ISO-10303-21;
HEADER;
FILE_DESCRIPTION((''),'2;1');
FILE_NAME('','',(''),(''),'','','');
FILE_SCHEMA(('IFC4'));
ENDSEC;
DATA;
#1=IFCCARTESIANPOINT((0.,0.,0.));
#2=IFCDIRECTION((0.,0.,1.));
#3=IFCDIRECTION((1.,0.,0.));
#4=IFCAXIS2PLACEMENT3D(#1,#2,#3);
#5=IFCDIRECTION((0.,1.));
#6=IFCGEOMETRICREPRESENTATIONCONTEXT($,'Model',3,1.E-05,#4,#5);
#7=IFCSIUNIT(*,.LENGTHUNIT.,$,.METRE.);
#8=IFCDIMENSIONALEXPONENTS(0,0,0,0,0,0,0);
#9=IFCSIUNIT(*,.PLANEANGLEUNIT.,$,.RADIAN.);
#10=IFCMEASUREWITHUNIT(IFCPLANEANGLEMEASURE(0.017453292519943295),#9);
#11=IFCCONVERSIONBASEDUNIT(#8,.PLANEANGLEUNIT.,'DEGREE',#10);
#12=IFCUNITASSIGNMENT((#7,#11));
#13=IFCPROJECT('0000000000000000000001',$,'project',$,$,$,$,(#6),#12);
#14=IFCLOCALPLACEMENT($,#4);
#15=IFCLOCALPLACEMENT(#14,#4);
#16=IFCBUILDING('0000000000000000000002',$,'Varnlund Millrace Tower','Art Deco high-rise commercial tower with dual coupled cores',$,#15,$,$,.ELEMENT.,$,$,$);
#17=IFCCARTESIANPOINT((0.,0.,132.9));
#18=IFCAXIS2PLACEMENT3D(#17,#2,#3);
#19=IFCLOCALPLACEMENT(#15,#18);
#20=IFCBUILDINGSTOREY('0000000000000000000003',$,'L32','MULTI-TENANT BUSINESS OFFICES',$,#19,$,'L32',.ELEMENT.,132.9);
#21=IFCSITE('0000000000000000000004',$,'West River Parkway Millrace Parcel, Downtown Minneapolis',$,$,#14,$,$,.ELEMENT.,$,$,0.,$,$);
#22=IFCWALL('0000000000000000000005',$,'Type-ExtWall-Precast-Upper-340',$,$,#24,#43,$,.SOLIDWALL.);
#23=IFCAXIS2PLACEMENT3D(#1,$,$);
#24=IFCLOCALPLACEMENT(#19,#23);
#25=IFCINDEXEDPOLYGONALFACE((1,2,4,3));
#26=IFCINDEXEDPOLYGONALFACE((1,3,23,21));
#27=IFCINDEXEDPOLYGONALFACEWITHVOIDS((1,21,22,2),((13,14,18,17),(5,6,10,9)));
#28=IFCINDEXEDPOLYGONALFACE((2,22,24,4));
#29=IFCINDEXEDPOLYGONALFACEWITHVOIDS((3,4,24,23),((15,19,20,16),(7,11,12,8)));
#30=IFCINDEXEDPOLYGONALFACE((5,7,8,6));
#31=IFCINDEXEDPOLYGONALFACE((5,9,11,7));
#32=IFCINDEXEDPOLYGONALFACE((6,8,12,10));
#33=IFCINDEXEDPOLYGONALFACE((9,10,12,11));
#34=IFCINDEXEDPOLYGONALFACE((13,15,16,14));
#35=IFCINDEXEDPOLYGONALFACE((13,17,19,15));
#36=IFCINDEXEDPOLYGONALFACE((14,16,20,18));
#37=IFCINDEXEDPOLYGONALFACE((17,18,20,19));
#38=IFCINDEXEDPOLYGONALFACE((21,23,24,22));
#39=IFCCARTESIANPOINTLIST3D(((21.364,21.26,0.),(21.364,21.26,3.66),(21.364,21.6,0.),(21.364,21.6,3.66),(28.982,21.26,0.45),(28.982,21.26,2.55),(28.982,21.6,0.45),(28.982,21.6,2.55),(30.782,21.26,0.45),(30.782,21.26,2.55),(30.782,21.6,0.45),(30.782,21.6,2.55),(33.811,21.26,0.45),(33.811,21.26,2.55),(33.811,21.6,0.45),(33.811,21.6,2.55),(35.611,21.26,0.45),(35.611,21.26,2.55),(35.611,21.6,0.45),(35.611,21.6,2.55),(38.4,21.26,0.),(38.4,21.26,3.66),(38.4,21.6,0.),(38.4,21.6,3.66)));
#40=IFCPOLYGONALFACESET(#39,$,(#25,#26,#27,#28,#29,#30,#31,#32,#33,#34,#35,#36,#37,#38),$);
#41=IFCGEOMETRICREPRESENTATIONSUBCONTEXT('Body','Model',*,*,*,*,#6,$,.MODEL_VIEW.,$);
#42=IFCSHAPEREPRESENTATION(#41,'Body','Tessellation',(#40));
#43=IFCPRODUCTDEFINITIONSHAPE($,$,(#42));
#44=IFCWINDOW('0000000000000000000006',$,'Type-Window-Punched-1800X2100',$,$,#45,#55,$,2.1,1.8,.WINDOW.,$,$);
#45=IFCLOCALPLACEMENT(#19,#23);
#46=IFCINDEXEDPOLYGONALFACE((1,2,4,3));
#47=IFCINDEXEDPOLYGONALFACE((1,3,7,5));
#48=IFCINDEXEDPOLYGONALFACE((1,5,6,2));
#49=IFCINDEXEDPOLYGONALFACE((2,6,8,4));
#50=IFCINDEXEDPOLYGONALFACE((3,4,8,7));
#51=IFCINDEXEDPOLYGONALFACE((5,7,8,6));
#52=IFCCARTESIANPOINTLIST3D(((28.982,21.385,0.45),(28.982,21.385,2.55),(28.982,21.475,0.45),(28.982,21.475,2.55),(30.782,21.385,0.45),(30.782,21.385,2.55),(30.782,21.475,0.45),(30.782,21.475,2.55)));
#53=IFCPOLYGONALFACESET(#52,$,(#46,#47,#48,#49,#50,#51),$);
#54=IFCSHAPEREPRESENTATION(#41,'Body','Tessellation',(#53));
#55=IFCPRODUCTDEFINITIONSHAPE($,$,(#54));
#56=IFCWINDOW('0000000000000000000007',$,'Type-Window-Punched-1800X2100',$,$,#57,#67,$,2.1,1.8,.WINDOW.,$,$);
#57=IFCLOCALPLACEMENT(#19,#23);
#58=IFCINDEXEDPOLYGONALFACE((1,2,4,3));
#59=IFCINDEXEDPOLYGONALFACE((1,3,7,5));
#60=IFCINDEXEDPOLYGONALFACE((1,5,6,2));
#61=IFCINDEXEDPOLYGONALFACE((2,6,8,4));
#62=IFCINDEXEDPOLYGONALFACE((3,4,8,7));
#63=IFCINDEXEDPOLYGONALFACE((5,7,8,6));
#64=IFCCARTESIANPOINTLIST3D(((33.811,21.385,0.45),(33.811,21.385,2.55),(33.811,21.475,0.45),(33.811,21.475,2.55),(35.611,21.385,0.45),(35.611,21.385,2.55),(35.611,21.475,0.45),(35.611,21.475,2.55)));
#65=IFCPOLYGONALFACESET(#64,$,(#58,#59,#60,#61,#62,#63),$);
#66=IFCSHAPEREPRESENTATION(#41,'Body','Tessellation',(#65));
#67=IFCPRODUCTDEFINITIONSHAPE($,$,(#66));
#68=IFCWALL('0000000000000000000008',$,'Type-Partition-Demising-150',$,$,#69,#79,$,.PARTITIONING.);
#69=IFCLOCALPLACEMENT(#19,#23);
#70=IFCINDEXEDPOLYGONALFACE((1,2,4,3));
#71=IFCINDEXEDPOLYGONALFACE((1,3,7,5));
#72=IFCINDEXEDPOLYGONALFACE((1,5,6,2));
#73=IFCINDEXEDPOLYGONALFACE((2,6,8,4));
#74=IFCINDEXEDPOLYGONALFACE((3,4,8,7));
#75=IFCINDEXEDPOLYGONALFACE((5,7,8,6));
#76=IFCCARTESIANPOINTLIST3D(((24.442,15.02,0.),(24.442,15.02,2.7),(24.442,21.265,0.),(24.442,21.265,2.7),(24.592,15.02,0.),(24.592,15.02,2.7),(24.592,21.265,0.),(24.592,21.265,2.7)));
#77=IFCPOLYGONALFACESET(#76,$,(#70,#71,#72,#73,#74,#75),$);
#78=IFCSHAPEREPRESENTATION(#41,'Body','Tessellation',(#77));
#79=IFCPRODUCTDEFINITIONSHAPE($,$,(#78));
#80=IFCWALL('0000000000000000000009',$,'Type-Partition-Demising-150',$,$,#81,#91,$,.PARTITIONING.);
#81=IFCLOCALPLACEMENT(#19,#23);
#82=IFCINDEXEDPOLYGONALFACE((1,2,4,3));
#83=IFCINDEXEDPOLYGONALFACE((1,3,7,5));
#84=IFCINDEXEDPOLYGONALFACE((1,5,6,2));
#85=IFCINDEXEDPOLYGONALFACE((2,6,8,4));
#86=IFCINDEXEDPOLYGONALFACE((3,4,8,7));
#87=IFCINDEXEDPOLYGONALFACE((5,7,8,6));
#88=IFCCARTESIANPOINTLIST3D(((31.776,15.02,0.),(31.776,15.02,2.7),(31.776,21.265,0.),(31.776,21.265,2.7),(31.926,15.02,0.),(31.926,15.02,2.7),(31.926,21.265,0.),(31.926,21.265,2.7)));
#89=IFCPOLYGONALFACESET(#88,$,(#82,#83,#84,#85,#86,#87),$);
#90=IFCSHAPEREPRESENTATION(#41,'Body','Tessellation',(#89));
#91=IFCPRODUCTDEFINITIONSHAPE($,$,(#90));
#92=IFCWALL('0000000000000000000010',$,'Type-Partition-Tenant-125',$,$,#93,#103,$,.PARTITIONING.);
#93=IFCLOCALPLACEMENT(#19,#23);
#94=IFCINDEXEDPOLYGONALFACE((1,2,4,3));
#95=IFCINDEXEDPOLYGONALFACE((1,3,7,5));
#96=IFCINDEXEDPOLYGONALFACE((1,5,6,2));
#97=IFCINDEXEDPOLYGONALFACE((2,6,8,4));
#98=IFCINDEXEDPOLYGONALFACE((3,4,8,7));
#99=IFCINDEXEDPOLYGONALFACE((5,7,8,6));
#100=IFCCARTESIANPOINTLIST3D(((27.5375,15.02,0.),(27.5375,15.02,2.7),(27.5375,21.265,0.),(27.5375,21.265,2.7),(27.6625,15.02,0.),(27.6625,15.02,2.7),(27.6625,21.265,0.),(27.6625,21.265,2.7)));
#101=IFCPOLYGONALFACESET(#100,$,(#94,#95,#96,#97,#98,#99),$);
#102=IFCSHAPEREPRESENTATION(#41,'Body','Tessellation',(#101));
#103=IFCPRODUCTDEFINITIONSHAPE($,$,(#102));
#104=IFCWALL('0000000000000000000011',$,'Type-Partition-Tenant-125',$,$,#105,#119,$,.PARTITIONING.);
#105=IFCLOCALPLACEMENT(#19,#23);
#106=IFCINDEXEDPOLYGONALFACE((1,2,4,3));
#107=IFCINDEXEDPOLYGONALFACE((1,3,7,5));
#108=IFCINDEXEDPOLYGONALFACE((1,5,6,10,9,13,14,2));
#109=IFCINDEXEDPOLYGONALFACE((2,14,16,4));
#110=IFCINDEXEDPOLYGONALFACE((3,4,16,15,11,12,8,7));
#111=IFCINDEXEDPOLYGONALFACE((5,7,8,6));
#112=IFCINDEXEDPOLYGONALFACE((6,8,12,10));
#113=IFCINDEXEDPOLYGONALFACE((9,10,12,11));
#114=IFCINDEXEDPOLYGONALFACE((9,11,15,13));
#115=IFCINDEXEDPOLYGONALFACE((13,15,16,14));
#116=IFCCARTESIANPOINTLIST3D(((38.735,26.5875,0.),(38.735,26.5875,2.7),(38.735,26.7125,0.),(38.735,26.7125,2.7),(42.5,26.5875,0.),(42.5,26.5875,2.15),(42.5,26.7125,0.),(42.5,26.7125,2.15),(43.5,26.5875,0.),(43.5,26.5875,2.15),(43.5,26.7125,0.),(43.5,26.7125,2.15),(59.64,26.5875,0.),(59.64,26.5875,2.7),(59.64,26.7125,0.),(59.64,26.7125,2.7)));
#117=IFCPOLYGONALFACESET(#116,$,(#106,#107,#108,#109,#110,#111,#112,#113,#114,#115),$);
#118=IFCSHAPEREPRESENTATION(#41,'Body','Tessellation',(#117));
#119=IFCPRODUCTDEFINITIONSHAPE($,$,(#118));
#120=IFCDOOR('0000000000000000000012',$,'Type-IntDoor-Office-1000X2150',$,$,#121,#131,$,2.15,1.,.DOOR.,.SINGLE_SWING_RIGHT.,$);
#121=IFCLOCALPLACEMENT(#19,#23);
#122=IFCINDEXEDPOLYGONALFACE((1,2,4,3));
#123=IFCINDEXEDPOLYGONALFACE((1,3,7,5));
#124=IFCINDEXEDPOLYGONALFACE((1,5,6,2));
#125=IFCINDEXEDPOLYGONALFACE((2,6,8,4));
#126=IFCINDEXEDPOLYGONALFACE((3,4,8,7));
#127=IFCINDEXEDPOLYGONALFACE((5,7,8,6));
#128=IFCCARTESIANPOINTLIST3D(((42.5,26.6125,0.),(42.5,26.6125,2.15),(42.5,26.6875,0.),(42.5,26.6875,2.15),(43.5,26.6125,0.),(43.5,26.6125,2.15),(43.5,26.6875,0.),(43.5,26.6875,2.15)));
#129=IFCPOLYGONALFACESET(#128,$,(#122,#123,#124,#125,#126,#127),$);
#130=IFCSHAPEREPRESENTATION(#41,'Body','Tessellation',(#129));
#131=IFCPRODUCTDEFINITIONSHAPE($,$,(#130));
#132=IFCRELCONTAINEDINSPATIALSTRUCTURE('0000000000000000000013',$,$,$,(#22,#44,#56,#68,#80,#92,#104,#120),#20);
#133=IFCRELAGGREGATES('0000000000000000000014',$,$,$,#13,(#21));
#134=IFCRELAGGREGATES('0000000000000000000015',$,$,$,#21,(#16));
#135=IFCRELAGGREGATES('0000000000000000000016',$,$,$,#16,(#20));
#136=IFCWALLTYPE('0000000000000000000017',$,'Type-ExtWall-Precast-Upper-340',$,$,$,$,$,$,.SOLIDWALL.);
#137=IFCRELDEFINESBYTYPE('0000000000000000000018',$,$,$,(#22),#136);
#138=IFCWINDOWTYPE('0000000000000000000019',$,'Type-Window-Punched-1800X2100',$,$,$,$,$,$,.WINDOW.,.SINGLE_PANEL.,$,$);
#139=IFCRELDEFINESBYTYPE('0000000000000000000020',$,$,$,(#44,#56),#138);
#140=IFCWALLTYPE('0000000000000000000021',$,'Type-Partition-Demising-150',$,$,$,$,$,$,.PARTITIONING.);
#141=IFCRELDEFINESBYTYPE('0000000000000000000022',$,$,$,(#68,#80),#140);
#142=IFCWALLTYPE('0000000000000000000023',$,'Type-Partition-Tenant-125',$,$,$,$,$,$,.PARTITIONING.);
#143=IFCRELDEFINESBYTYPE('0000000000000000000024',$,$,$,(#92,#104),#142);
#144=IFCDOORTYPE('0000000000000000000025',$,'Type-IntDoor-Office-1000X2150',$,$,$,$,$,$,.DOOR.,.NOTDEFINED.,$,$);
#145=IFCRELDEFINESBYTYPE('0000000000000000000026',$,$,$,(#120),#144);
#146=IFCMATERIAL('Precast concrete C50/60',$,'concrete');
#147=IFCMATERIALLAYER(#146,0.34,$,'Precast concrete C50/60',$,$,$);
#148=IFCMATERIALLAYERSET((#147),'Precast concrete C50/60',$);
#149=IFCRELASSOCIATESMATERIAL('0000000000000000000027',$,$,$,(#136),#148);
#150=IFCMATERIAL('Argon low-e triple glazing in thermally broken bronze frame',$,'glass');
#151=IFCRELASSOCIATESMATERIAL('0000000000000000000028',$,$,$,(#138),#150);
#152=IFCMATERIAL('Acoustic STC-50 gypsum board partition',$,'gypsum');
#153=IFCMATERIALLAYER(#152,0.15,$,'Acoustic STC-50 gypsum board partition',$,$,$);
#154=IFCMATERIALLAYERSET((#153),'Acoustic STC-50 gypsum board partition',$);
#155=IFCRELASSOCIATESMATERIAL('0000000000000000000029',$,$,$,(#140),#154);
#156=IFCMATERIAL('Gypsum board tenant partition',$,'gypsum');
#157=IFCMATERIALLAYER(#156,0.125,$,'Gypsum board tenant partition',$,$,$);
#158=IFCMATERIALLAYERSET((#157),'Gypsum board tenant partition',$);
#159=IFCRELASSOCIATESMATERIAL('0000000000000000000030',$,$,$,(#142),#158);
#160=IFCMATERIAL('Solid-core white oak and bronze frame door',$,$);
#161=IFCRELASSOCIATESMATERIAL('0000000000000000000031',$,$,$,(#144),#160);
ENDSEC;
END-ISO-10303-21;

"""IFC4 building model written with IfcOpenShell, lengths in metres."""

from ifc_helpers import new_model, entity, si_unit, converted_unit, direction, frame, origin_with_axes, origin_2d_with_axis, place, context, subcontext, project, spatial, polyline, rectangle, outline, extrude, material, layer, layer_set, type_object, element, fill, save


model = new_model("IFC4")

# Units and contexts
model_context = context("Model", 3, precision=1e-05, world=origin_with_axes(), true_north=direction((0.0, 1.0)))
body_context = subcontext(model_context, "Body", "Model", "MODEL_VIEW")
ifc_project = project(units=[si_unit("LENGTHUNIT", "METRE"), converted_unit("PLANEANGLEUNIT", "DEGREE", entity("IfcPlaneAngleMeasure", 0.017453292519943295), si_unit("PLANEANGLEUNIT", "RADIAN"), dimensions=[0, 0, 0, 0, 0, 0, 0])], contexts=[model_context])

# Site, building, storey
site_placement = place(None, origin_with_axes())
site = spatial("IfcSite", under=ifc_project, at=site_placement, Name="West River Parkway Millrace Parcel, Downtown Minneapolis", CompositionType="ELEMENT", RefElevation=0.0)
building_placement = place(site_placement, origin_with_axes())
building = spatial("IfcBuilding", under=site, at=building_placement, Name="Varnlund Millrace Tower", Description="Art Deco high-rise commercial tower with dual coupled cores", CompositionType="ELEMENT")
storey_placement = place(building_placement, frame((0.0, 0.0, 132.9), z_axis=(0.0, 0.0, 1.0), x_axis=(1.0, 0.0, 0.0)))
storey = spatial("IfcBuildingStorey", under=building, at=storey_placement, Name="L32", Description="MULTI-TENANT BUSINESS OFFICES", LongName="L32", CompositionType="ELEMENT", Elevation=132.9)

# Shared definitions
ifc_material_1 = material(Name="Precast concrete C50/60", Category="concrete")
ifc_layer_1 = layer(ifc_material_1, 0.34, Name="Precast concrete C50/60")
ifc_layer_set_1 = layer_set([ifc_layer_1], Name="Precast concrete C50/60")
wall_type_1 = type_object("IfcWallType", Name="Type-ExtWall-Precast-Upper-340", PredefinedType="SOLIDWALL", material=ifc_layer_set_1)

# Shared definitions
ifc_material_2 = material(Name="Argon low-e triple glazing in thermally broken bronze frame", Category="glass")
window_type_1 = type_object("IfcWindowType", Name="Type-Window-Punched-1800X2100", PartitioningType="SINGLE_PANEL", PredefinedType="WINDOW", material=ifc_material_2)

# Wall, openings, windows
wall_1_placement = place(storey_placement, frame((21.364, 21.43, 0.0), z_axis=(0.0, 0.0, 1.0), x_axis=(1.0, 0.0, 0.0)))
wall_1 = element("IfcWall", 1, at=wall_1_placement, inside=storey, type_object=wall_type_1, Name="Type-ExtWall-Precast-Upper-340", PredefinedType="SOLIDWALL", context=body_context, shape_type="SweptSolid", body=[
    extrude(outline(polyline([(0.0, -0.17), (17.036, -0.17), (17.036, 0.17), (0.0, 0.17), (0.0, -0.17)])), origin_with_axes(), (0.0, 0.0, 1.0), 3.66),
])
opening_1_placement = place(wall_1_placement, frame((8.518, 0.0, 0.45), z_axis=(0.0, 0.0, 1.0), x_axis=(1.0, 0.0, 0.0)))
opening_1 = element("IfcOpeningElement", 2, at=opening_1_placement, cuts=wall_1, PredefinedType="OPENING", context=body_context, shape_type="SweptSolid", body=[
    extrude(rectangle(XDim=1.8, YDim=0.36, at=origin_2d_with_axis()), origin_with_axes(), (0.0, 0.0, 1.0), 2.1),
])
opening_2_placement = place(wall_1_placement, frame((13.347, 0.0, 0.45), z_axis=(0.0, 0.0, 1.0), x_axis=(1.0, 0.0, 0.0)))
opening_2 = element("IfcOpeningElement", 3, at=opening_2_placement, cuts=wall_1, PredefinedType="OPENING", context=body_context, shape_type="SweptSolid", body=[
    extrude(rectangle(XDim=1.8, YDim=0.36, at=origin_2d_with_axis()), origin_with_axes(), (0.0, 0.0, 1.0), 2.1),
])
window_1_placement = place(wall_1_placement, frame((8.518, 0.0, 0.45), z_axis=(0.0, 0.0, 1.0), x_axis=(1.0, 0.0, 0.0)))
window_1 = element("IfcWindow", 4, at=window_1_placement, inside=storey, type_object=window_type_1, Name="Type-Window-Punched-1800X2100", OverallHeight=2.1, OverallWidth=1.8, PredefinedType="WINDOW", context=body_context, shape_type="SweptSolid", body=[
    extrude(rectangle(XDim=1.8, YDim=0.09, at=origin_2d_with_axis()), origin_with_axes(), (0.0, 0.0, 1.0), 2.1),
])
fill(opening_1, window_1)
window_2_placement = place(wall_1_placement, frame((13.347, 0.0, 0.45), z_axis=(0.0, 0.0, 1.0), x_axis=(1.0, 0.0, 0.0)))
window_2 = element("IfcWindow", 5, at=window_2_placement, inside=storey, type_object=window_type_1, Name="Type-Window-Punched-1800X2100", OverallHeight=2.1, OverallWidth=1.8, PredefinedType="WINDOW", context=body_context, shape_type="SweptSolid", body=[
    extrude(rectangle(XDim=1.8, YDim=0.09, at=origin_2d_with_axis()), origin_with_axes(), (0.0, 0.0, 1.0), 2.1),
])
fill(opening_2, window_2)

# Walls
ifc_material_3 = material(Name="Acoustic STC-50 gypsum board partition", Category="gypsum")
ifc_layer_2 = layer(ifc_material_3, 0.15, Name="Acoustic STC-50 gypsum board partition")
ifc_layer_set_2 = layer_set([ifc_layer_2], Name="Acoustic STC-50 gypsum board partition")
wall_type_2 = type_object("IfcWallType", Name="Type-Partition-Demising-150", PredefinedType="PARTITIONING", material=ifc_layer_set_2)
for number, where, z_axis, x_axis, name in (
    (6, (24.517, 15.02, 0.0), (0.0, 0.0, 1.0), (0.0, 1.0, 0.0), "Type-Partition-Demising-150"),
    (7, (31.851, 15.02, 0.0), (0.0, 0.0, 1.0), (0.0, 1.0, 0.0), "Type-Partition-Demising-150"),
):
    element("IfcWall", number, at=place(storey_placement, frame(where, z_axis=z_axis, x_axis=x_axis)), inside=storey, type_object=wall_type_2, Name=name, PredefinedType="PARTITIONING", context=body_context, shape_type="SweptSolid", body=[
        extrude(outline(polyline([(0.0, -0.075), (6.245, -0.075), (6.245, 0.075), (0.0, 0.075), (0.0, -0.075)])), origin_with_axes(), (0.0, 0.0, 1.0), 2.7),
    ])
ifc_material_4 = material(Name="Gypsum board tenant partition", Category="gypsum")
ifc_layer_3 = layer(ifc_material_4, 0.125, Name="Gypsum board tenant partition")
ifc_layer_set_3 = layer_set([ifc_layer_3], Name="Gypsum board tenant partition")
wall_type_3 = type_object("IfcWallType", Name="Type-Partition-Tenant-125", PredefinedType="PARTITIONING", material=ifc_layer_set_3)
wall_2_placement = place(storey_placement, frame((27.6, 15.02, 0.0), z_axis=(0.0, 0.0, 1.0), x_axis=(0.0, 1.0, 0.0)))
element("IfcWall", 8, at=wall_2_placement, inside=storey, type_object=wall_type_3, Name="Type-Partition-Tenant-125", PredefinedType="PARTITIONING", context=body_context, shape_type="SweptSolid", body=[
    extrude(outline(polyline([(0.0, -0.0625), (6.245, -0.0625), (6.245, 0.0625), (0.0, 0.0625), (0.0, -0.0625)])), origin_with_axes(), (0.0, 0.0, 1.0), 2.7),
])

# Wall, opening, door
wall_3_placement = place(storey_placement, frame((38.735, 26.65, 0.0), z_axis=(0.0, 0.0, 1.0), x_axis=(1.0, 0.0, 0.0)))
wall_3 = element("IfcWall", 9, at=wall_3_placement, inside=storey, type_object=wall_type_3, Name="Type-Partition-Tenant-125", PredefinedType="PARTITIONING", context=body_context, shape_type="SweptSolid", body=[
    extrude(outline(polyline([(0.0, -0.0625), (20.905, -0.0625), (20.905, 0.0625), (0.0, 0.0625), (0.0, -0.0625)])), origin_with_axes(), (0.0, 0.0, 1.0), 2.7),
])
opening_3_placement = place(wall_3_placement, frame((4.265, 0.0, 0.0), z_axis=(0.0, 0.0, 1.0), x_axis=(1.0, 0.0, 0.0)))
opening_3 = element("IfcOpeningElement", 10, at=opening_3_placement, cuts=wall_3, PredefinedType="OPENING", context=body_context, shape_type="SweptSolid", body=[
    extrude(rectangle(XDim=1.0, YDim=0.145, at=origin_2d_with_axis()), origin_with_axes(), (0.0, 0.0, 1.0), 2.15),
])
ifc_material_5 = material(Name="Solid-core white oak and bronze frame door")
door_type = type_object("IfcDoorType", Name="Type-IntDoor-Office-1000X2150", OperationType="NOTDEFINED", PredefinedType="DOOR", material=ifc_material_5)
door_placement = place(wall_3_placement, frame((4.265, 0.0, 0.0), z_axis=(0.0, 0.0, 1.0), x_axis=(1.0, 0.0, 0.0)))
door = element("IfcDoor", 11, at=door_placement, inside=storey, type_object=door_type, Name="Type-IntDoor-Office-1000X2150", OperationType="SINGLE_SWING_RIGHT", OverallHeight=2.15, OverallWidth=1.0, PredefinedType="DOOR", context=body_context, shape_type="SweptSolid", body=[
    extrude(rectangle(XDim=1.0, YDim=0.075, at=origin_2d_with_axis()), origin_with_axes(), (0.0, 0.0, 1.0), 2.15),
])
fill(opening_3, door)

save(model, "model.ifc")
